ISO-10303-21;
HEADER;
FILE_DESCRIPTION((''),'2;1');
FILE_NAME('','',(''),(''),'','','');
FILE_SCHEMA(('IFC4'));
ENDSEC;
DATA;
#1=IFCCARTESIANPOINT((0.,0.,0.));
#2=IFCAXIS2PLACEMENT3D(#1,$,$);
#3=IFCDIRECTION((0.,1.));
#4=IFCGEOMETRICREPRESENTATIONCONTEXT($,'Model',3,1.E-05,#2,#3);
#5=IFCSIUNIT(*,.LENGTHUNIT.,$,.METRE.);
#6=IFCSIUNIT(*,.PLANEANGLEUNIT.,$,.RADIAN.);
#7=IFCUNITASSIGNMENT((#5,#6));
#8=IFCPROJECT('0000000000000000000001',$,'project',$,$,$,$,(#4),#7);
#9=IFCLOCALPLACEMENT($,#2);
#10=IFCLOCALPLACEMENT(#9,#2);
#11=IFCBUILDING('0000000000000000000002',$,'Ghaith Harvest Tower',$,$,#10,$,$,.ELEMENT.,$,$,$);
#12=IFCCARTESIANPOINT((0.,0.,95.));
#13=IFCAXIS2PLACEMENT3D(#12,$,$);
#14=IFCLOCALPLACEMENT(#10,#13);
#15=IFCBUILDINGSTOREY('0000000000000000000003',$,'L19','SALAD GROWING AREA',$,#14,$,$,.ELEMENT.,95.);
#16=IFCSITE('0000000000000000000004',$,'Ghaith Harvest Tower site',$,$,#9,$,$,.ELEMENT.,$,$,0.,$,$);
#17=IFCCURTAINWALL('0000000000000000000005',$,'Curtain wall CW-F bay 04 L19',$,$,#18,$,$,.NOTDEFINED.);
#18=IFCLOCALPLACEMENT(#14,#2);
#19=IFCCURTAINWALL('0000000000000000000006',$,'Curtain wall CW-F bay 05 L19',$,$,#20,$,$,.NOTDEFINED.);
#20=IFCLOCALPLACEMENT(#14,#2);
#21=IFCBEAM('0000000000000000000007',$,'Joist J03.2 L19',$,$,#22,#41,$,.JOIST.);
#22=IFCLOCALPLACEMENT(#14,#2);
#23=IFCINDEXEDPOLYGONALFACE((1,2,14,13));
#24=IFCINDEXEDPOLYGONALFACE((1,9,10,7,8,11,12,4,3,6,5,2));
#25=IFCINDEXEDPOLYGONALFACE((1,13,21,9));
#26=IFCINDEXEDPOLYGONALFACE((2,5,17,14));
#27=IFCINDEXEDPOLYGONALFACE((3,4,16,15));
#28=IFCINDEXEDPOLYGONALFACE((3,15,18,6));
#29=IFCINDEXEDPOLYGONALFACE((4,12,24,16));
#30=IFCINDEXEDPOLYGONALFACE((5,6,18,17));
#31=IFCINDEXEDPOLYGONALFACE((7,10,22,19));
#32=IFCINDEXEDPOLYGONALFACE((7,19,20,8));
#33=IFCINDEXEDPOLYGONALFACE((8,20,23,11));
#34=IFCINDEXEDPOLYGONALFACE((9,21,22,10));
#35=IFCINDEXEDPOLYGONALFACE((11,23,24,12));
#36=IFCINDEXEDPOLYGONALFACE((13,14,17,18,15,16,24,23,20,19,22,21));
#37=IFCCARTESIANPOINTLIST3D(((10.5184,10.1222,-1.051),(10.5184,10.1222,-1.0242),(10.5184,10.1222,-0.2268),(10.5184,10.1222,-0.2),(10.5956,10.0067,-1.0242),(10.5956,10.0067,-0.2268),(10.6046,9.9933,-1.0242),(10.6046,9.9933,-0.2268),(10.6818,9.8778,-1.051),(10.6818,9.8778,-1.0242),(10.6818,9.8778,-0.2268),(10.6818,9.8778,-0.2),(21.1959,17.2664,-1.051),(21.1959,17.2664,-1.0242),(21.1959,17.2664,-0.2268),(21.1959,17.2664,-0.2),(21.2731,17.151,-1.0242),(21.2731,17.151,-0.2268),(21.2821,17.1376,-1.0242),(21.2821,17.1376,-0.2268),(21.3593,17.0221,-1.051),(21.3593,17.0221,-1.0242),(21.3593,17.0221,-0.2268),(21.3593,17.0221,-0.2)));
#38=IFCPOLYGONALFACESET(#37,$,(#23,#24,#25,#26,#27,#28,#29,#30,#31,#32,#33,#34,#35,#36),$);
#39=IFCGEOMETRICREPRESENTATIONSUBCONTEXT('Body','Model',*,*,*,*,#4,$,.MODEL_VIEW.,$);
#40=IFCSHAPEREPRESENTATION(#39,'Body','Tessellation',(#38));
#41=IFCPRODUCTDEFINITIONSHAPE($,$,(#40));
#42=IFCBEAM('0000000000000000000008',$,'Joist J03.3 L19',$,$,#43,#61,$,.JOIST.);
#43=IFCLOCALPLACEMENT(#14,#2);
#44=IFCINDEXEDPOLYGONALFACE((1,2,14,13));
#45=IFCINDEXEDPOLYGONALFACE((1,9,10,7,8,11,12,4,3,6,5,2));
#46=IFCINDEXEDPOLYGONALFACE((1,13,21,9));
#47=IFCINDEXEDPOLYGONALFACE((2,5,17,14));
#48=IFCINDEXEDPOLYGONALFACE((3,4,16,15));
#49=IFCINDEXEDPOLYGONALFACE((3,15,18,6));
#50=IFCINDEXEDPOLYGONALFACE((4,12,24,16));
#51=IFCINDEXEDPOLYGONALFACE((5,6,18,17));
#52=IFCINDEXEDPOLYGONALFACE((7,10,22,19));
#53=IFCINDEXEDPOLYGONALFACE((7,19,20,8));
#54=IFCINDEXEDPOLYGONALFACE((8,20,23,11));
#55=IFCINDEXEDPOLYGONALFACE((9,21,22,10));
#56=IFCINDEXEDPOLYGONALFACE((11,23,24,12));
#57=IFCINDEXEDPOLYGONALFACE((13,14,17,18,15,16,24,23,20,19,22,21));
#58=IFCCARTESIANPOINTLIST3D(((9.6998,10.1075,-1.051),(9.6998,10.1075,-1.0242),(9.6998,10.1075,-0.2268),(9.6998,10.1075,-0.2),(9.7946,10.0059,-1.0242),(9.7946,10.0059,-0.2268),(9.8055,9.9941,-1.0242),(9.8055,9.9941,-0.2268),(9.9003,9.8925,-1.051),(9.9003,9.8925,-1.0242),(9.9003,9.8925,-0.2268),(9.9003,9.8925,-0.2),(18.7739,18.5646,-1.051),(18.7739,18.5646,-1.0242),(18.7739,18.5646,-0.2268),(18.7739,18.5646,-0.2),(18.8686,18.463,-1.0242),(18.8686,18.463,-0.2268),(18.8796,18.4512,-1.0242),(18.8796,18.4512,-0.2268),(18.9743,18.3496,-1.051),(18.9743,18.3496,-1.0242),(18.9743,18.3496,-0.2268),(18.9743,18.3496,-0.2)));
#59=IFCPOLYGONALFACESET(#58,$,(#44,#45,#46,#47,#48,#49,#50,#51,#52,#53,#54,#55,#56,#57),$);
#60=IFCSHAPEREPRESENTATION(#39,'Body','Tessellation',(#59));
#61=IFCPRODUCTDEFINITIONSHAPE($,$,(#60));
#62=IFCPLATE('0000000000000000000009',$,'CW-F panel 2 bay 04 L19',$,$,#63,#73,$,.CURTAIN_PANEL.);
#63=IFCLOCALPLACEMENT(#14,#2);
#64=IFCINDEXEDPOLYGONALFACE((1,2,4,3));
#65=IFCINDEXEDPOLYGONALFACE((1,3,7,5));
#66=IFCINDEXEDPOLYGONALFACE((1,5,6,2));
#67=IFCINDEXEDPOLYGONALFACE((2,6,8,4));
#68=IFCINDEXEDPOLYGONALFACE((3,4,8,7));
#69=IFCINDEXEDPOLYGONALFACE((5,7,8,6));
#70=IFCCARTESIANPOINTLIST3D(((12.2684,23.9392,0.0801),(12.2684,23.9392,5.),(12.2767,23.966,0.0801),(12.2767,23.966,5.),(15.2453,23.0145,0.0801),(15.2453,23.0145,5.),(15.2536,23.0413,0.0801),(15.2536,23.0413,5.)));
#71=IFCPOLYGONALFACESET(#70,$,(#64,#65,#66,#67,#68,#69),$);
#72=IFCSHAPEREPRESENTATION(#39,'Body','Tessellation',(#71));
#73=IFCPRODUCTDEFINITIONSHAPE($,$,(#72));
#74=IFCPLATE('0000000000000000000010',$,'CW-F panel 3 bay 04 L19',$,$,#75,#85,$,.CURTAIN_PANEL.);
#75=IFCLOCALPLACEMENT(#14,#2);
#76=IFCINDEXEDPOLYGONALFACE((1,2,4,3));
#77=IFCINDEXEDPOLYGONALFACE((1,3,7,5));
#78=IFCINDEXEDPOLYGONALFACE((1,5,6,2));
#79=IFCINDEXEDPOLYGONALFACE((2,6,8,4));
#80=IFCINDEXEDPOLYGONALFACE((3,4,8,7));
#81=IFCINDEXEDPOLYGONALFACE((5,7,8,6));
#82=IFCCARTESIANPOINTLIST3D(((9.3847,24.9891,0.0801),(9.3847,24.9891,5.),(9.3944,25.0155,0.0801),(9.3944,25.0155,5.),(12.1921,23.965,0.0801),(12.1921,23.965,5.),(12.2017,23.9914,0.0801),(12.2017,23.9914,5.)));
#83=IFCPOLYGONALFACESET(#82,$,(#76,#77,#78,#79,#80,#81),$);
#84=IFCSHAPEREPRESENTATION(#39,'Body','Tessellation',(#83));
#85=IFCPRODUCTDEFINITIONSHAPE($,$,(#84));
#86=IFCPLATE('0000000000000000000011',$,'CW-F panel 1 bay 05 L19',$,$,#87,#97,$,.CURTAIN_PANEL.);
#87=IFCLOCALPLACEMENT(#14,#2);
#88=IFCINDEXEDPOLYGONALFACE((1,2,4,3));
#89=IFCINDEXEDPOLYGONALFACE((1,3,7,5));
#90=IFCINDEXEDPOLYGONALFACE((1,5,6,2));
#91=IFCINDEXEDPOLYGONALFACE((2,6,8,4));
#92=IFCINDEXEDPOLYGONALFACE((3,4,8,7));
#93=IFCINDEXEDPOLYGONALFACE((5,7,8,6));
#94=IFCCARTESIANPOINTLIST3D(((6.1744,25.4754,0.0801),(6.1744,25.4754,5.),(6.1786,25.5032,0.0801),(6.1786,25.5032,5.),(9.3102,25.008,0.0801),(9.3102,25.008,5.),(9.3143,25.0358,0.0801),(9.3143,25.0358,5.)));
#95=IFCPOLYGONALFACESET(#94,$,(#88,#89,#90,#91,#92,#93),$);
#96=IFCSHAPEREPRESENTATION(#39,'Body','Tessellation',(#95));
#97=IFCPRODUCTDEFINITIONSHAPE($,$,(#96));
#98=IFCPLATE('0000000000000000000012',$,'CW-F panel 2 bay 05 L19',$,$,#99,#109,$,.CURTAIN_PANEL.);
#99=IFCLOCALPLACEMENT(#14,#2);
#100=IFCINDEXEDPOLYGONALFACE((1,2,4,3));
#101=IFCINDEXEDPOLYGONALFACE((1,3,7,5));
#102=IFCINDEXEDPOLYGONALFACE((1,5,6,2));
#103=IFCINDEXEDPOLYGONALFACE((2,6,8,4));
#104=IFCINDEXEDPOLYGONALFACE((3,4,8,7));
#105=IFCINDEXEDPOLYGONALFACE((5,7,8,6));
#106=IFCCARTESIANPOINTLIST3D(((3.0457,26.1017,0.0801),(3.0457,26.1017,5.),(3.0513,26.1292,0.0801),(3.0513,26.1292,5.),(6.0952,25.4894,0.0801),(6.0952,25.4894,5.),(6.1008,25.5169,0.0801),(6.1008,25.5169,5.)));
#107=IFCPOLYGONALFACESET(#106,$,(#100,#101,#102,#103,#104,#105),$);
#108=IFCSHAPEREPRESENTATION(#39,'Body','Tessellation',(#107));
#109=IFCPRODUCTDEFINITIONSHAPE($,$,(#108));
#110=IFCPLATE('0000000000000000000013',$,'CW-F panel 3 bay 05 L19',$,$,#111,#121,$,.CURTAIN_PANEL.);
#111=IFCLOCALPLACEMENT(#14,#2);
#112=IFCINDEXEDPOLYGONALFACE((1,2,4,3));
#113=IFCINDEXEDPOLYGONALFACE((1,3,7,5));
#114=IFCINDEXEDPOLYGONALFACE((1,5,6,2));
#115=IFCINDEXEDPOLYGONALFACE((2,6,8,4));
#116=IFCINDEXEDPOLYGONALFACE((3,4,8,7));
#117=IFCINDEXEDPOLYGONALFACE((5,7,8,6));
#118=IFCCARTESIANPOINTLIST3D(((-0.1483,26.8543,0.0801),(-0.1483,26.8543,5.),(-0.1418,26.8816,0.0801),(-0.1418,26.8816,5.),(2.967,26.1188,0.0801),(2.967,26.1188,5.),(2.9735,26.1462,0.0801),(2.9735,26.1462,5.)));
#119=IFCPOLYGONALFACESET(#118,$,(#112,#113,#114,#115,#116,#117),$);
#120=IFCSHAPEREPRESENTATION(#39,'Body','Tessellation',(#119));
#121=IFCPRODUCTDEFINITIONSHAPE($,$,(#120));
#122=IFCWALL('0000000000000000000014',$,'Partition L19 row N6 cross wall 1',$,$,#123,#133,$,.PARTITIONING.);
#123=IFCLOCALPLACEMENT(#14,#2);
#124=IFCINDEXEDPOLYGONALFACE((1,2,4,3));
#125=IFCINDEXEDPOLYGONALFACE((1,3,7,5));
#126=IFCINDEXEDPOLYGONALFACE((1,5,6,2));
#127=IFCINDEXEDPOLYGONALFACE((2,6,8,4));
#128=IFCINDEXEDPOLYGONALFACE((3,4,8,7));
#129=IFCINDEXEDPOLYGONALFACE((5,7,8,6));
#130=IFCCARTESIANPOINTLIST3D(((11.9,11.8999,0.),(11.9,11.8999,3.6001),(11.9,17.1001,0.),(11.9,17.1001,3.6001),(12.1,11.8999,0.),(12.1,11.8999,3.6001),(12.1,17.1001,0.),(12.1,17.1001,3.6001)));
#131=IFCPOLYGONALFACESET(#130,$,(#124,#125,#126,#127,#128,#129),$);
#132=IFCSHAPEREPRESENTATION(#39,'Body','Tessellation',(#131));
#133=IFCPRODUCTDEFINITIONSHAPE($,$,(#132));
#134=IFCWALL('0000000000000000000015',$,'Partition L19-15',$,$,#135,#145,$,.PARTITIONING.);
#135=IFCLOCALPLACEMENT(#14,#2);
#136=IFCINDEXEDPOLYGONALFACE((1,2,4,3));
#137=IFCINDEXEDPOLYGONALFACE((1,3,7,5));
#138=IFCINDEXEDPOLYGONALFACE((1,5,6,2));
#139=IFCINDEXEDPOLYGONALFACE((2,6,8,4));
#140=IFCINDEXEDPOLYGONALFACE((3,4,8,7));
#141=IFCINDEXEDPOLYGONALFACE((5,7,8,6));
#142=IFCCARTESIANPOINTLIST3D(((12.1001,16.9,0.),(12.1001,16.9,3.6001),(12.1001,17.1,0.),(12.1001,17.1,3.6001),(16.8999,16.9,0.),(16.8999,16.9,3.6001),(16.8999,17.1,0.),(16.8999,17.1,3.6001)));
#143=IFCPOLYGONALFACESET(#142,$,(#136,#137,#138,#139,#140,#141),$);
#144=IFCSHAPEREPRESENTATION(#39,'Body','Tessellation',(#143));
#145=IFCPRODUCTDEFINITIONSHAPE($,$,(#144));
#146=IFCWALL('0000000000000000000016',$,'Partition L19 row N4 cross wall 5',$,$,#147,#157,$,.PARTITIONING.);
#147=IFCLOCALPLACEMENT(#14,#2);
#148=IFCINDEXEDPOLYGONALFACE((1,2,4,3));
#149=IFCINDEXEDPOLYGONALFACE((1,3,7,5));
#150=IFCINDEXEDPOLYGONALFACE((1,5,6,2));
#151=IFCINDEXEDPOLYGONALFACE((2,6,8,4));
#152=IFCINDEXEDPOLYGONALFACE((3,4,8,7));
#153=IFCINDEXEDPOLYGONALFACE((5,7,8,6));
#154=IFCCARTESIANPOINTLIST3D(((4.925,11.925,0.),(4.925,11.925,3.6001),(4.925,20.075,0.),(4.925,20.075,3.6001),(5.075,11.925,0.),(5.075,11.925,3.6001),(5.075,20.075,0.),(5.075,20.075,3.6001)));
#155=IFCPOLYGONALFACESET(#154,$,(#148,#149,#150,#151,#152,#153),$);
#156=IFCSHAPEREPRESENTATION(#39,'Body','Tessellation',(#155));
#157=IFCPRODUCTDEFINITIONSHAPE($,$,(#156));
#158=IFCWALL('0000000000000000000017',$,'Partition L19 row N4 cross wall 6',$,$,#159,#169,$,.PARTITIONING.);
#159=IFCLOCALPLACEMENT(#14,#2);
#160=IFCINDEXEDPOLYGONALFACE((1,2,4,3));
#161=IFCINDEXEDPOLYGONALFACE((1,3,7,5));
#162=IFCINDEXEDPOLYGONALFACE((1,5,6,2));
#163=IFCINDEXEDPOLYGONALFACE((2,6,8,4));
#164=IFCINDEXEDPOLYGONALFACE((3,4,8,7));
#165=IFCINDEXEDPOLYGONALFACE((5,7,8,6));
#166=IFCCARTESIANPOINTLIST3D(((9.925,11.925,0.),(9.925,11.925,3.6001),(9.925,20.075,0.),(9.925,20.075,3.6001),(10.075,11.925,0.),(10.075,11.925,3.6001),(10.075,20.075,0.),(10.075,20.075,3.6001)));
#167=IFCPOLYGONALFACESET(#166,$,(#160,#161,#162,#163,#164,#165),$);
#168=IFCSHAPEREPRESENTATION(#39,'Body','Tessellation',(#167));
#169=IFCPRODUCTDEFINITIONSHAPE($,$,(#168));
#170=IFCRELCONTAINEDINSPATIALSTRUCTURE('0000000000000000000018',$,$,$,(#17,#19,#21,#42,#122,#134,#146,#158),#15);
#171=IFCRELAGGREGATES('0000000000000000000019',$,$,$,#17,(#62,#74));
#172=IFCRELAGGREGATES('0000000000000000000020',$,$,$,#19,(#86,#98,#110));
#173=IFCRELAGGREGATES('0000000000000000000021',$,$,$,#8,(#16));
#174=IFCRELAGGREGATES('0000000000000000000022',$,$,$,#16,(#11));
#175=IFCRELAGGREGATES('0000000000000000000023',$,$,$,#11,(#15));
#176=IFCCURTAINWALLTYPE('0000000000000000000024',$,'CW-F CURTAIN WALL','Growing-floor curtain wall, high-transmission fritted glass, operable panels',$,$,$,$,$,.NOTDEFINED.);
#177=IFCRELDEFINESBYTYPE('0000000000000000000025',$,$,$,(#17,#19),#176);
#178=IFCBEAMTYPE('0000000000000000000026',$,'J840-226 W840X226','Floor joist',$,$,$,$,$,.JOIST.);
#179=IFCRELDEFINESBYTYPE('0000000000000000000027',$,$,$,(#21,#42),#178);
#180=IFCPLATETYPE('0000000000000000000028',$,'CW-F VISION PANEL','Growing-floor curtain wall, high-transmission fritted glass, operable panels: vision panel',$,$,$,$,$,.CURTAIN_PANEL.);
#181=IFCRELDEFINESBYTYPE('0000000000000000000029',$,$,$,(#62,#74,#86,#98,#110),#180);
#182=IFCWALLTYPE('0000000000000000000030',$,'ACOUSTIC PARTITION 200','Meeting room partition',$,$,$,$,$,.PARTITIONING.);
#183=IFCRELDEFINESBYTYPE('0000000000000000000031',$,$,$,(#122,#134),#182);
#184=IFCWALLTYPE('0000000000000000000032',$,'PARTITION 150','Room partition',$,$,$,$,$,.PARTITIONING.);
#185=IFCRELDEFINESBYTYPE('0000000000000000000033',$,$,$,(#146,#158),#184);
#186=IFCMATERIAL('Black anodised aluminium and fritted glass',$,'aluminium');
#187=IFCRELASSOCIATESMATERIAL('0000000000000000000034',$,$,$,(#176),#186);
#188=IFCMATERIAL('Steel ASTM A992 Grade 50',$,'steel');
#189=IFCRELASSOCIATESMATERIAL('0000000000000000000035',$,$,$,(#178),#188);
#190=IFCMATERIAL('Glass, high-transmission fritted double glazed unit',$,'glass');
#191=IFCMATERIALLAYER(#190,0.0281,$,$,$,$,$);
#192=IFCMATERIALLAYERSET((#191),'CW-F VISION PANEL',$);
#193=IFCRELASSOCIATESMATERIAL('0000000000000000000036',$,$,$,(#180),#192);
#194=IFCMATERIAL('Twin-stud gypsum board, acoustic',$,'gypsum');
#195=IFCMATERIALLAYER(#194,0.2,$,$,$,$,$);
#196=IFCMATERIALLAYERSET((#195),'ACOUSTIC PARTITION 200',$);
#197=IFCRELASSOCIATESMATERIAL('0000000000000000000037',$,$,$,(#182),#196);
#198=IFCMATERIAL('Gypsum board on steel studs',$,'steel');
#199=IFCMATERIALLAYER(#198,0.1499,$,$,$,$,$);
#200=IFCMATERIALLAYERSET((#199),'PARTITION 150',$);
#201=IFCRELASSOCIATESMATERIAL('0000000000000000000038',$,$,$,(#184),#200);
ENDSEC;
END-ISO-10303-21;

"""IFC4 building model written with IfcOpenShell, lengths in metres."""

from ifc_helpers import new_model, si_unit, direction, frame, frame_2d, origin, origin_2d, place, context, subcontext, project, spatial, rectangle, i_section, extrude, material, layer, layer_set, material_profile, profile_set, type_object, element, aggregate, save


model = new_model("IFC4")

# Units and contexts
model_context = context("Model", 3, precision=1e-05, world=origin(), true_north=direction((0.0, 1.0)))
body_context = subcontext(model_context, "Body", "Model", "MODEL_VIEW")
ifc_project = project(units=[si_unit("LENGTHUNIT", "METRE"), si_unit("PLANEANGLEUNIT", "RADIAN")], contexts=[model_context])

# Site, building, storey
site_placement = place(None, origin())
site = spatial("IfcSite", under=ifc_project, at=site_placement, Name="Ghaith Harvest Tower site", CompositionType="ELEMENT", RefElevation=0.0)
building_placement = place(site_placement, origin())
building = spatial("IfcBuilding", under=site, at=building_placement, Name="Ghaith Harvest Tower", CompositionType="ELEMENT")
storey_placement = place(building_placement, frame((0.0, 0.0, 95.0)))
storey = spatial("IfcBuildingStorey", under=building, at=storey_placement, Name="L19", Description="SALAD GROWING AREA", CompositionType="ELEMENT", Elevation=95.0)

# Curtain wall
ifc_material_1 = material(Name="Black anodised aluminium and fritted glass", Category="aluminium")
curtain_wall_type = type_object("IfcCurtainWallType", Name="CW-F CURTAIN WALL", Description="Growing-floor curtain wall, high-transmission fritted glass, operable panels", PredefinedType="NOTDEFINED", material=ifc_material_1)
curtain_wall_1_placement = place(storey_placement, origin())
curtain_wall_1 = element("IfcCurtainWall", 1, at=curtain_wall_1_placement, inside=storey, type_object=curtain_wall_type, Name="Curtain wall CW-F bay 04 L19", PredefinedType="NOTDEFINED")

# Curtain wall
curtain_wall_2_placement = place(storey_placement, origin())
curtain_wall_2 = element("IfcCurtainWall", 2, at=curtain_wall_2_placement, inside=storey, type_object=curtain_wall_type, Name="Curtain wall CW-F bay 05 L19", PredefinedType="NOTDEFINED")

# Beams
ifc_material_2 = material(Name="Steel ASTM A992 Grade 50", Category="steel")
ifc_material_profile_1 = material_profile(ifc_material_2, i_section(OverallWidth=0.2939, OverallDepth=0.8511, WebThickness=0.0161, FlangeThickness=0.0269, at=origin_2d()), Name="W840X226")
ifc_profile_set_1 = profile_set([ifc_material_profile_1], Name="Steel ASTM A992 Grade 50")
beam_type_1 = type_object("IfcBeamType", Name="J840-226 W840X226", Description="Floor joist", PredefinedType="JOIST", material=ifc_profile_set_1)
beam_1_placement = place(storey_placement, frame((10.6001, 10.0, -0.6255), z_axis=(0.831116, 0.556098, 0.0), x_axis=(-0.556098, 0.831116, 0.0)))
element("IfcBeam", 3, at=beam_1_placement, inside=storey, type_object=beam_type_1, Name="Joist J03.2 L19", PredefinedType="JOIST", context=body_context, shape_type="SweptSolid", body=[
    extrude(i_section(OverallWidth=0.2939, OverallDepth=0.8511, WebThickness=0.0161, FlangeThickness=0.0269, at=origin_2d()), origin(), (0.0, 0.0, 1.0), 12.8472),
])
beam_2_placement = place(storey_placement, frame((9.8, 10.0, -0.6255), z_axis=(0.731538, 0.681801, 0.0), x_axis=(-0.681801, 0.731538, 0.0)))
element("IfcBeam", 4, at=beam_2_placement, inside=storey, type_object=beam_type_1, Name="Joist J03.3 L19", PredefinedType="JOIST", context=body_context, shape_type="SweptSolid", body=[
    extrude(i_section(OverallWidth=0.2939, OverallDepth=0.8511, WebThickness=0.0161, FlangeThickness=0.0269, at=origin_2d()), origin(), (0.0, 0.0, 1.0), 12.4041),
])

# Plates
ifc_material_3 = material(Name="Glass, high-transmission fritted double glazed unit", Category="glass")
ifc_layer_1 = layer(ifc_material_3, 0.0281)
ifc_layer_set_1 = layer_set([ifc_layer_1], Name="CW-F VISION PANEL")
plate_type = type_object("IfcPlateType", Name="CW-F VISION PANEL", Description="Growing-floor curtain wall, high-transmission fritted glass, operable panels: vision panel", PredefinedType="CURTAIN_PANEL", material=ifc_layer_set_1)
plate_1_placement = place(storey_placement, frame((13.761, 23.4902, 0.0801), z_axis=(0.0, 0.0, 1.0), x_axis=(-0.954988, 0.296644, 0.0)))
plate_1 = element("IfcPlate", 5, at=plate_1_placement, type_object=plate_type, Name="CW-F panel 2 bay 04 L19", PredefinedType="CURTAIN_PANEL", context=body_context, shape_type="SweptSolid", body=[
    extrude(rectangle(XDim=3.1172, YDim=0.0281, at=origin_2d()), origin(), (0.0, 0.0, 1.0), 4.9199),
])
plate_2_placement = place(storey_placement, frame((10.7932, 24.4902, 0.0801), z_axis=(0.0, 0.0, 1.0), x_axis=(-0.939438, 0.342718, 0.0)))
plate_2 = element("IfcPlate", 6, at=plate_2_placement, type_object=plate_type, Name="CW-F panel 3 bay 04 L19", PredefinedType="CURTAIN_PANEL", context=body_context, shape_type="SweptSolid", body=[
    extrude(rectangle(XDim=2.9883, YDim=0.0281, at=origin_2d()), origin(), (0.0, 0.0, 1.0), 4.9199),
])
aggregate(curtain_wall_1, [plate_1, plate_2])
plate_3_placement = place(storey_placement, frame((7.7444, 25.2556, 0.0801), z_axis=(0.0, 0.0, 1.0), x_axis=(-0.989074, 0.147418, 0.0)))
plate_3 = element("IfcPlate", 7, at=plate_3_placement, type_object=plate_type, Name="CW-F panel 1 bay 05 L19", PredefinedType="CURTAIN_PANEL", context=body_context, shape_type="SweptSolid", body=[
    extrude(rectangle(XDim=3.1704, YDim=0.0281, at=origin_2d()), origin(), (0.0, 0.0, 1.0), 4.9199),
])
plate_4_placement = place(storey_placement, frame((4.5732, 25.8093, 0.0801), z_axis=(0.0, 0.0, 1.0), x_axis=(-0.980432, 0.196856, 0.0)))
plate_4 = element("IfcPlate", 8, at=plate_4_placement, type_object=plate_type, Name="CW-F panel 2 bay 05 L19", PredefinedType="CURTAIN_PANEL", context=body_context, shape_type="SweptSolid", body=[
    extrude(rectangle(XDim=3.1104, YDim=0.0281, at=origin_2d()), origin(), (0.0, 0.0, 1.0), 4.9199),
])
plate_5_placement = place(storey_placement, frame((1.4126, 26.5002, 0.0801), z_axis=(0.0, 0.0, 1.0), x_axis=(-0.973246, 0.229766, 0.0)))
plate_5 = element("IfcPlate", 9, at=plate_5_placement, type_object=plate_type, Name="CW-F panel 3 bay 05 L19", PredefinedType="CURTAIN_PANEL", context=body_context, shape_type="SweptSolid", body=[
    extrude(rectangle(XDim=3.2009, YDim=0.0281, at=origin_2d()), origin(), (0.0, 0.0, 1.0), 4.9199),
])
aggregate(curtain_wall_2, [plate_3, plate_4, plate_5])

# Wall
ifc_material_4 = material(Name="Twin-stud gypsum board, acoustic", Category="gypsum")
ifc_layer_2 = layer(ifc_material_4, 0.2)
ifc_layer_set_2 = layer_set([ifc_layer_2], Name="ACOUSTIC PARTITION 200")
wall_type_1 = type_object("IfcWallType", Name="ACOUSTIC PARTITION 200", Description="Meeting room partition", PredefinedType="PARTITIONING", material=ifc_layer_set_2)
wall_1_placement = place(storey_placement, frame((12.0, 11.8999, 0.0), z_axis=(0.0, 0.0, 1.0), x_axis=(0.0, 1.0, 0.0)))
element("IfcWall", 10, at=wall_1_placement, inside=storey, type_object=wall_type_1, Name="Partition L19 row N6 cross wall 1", PredefinedType="PARTITIONING", context=body_context, shape_type="SweptSolid", body=[
    extrude(rectangle(XDim=5.2002, YDim=0.2, at=frame_2d((2.6001, 0.0))), origin(), (0.0, 0.0, 1.0), 3.6001),
])

# Walls
wall_2_placement = place(storey_placement, frame((12.1001, 17.0, 0.0), z_axis=(0.0, 0.0, 1.0), x_axis=(1.0, 0.0, 0.0)))
element("IfcWall", 11, at=wall_2_placement, inside=storey, type_object=wall_type_1, Name="Partition L19-15", PredefinedType="PARTITIONING", context=body_context, shape_type="SweptSolid", body=[
    extrude(rectangle(XDim=4.7998, YDim=0.2, at=frame_2d((2.3999, 0.0))), origin(), (0.0, 0.0, 1.0), 3.6001),
])
ifc_material_5 = material(Name="Gypsum board on steel studs", Category="steel")
ifc_layer_3 = layer(ifc_material_5, 0.1499)
ifc_layer_set_3 = layer_set([ifc_layer_3], Name="PARTITION 150")
wall_type_2 = type_object("IfcWallType", Name="PARTITION 150", Description="Room partition", PredefinedType="PARTITIONING", material=ifc_layer_set_3)
for number, where, z_axis, x_axis, name in (
    (12, (5.0, 11.925, 0.0), (0.0, 0.0, 1.0), (0.0, 1.0, 0.0), "Partition L19 row N4 cross wall 5"),
    (13, (10.0, 11.925, 0.0), (0.0, 0.0, 1.0), (0.0, 1.0, 0.0), "Partition L19 row N4 cross wall 6"),
):
    element("IfcWall", number, at=place(storey_placement, frame(where, z_axis=z_axis, x_axis=x_axis)), inside=storey, type_object=wall_type_2, Name=name, PredefinedType="PARTITIONING", context=body_context, shape_type="SweptSolid", body=[
        extrude(rectangle(XDim=8.1499, YDim=0.1499, at=frame_2d((4.075, 0.0))), origin(), (0.0, 0.0, 1.0), 3.6001),
    ])

save(model, "model.ifc")
